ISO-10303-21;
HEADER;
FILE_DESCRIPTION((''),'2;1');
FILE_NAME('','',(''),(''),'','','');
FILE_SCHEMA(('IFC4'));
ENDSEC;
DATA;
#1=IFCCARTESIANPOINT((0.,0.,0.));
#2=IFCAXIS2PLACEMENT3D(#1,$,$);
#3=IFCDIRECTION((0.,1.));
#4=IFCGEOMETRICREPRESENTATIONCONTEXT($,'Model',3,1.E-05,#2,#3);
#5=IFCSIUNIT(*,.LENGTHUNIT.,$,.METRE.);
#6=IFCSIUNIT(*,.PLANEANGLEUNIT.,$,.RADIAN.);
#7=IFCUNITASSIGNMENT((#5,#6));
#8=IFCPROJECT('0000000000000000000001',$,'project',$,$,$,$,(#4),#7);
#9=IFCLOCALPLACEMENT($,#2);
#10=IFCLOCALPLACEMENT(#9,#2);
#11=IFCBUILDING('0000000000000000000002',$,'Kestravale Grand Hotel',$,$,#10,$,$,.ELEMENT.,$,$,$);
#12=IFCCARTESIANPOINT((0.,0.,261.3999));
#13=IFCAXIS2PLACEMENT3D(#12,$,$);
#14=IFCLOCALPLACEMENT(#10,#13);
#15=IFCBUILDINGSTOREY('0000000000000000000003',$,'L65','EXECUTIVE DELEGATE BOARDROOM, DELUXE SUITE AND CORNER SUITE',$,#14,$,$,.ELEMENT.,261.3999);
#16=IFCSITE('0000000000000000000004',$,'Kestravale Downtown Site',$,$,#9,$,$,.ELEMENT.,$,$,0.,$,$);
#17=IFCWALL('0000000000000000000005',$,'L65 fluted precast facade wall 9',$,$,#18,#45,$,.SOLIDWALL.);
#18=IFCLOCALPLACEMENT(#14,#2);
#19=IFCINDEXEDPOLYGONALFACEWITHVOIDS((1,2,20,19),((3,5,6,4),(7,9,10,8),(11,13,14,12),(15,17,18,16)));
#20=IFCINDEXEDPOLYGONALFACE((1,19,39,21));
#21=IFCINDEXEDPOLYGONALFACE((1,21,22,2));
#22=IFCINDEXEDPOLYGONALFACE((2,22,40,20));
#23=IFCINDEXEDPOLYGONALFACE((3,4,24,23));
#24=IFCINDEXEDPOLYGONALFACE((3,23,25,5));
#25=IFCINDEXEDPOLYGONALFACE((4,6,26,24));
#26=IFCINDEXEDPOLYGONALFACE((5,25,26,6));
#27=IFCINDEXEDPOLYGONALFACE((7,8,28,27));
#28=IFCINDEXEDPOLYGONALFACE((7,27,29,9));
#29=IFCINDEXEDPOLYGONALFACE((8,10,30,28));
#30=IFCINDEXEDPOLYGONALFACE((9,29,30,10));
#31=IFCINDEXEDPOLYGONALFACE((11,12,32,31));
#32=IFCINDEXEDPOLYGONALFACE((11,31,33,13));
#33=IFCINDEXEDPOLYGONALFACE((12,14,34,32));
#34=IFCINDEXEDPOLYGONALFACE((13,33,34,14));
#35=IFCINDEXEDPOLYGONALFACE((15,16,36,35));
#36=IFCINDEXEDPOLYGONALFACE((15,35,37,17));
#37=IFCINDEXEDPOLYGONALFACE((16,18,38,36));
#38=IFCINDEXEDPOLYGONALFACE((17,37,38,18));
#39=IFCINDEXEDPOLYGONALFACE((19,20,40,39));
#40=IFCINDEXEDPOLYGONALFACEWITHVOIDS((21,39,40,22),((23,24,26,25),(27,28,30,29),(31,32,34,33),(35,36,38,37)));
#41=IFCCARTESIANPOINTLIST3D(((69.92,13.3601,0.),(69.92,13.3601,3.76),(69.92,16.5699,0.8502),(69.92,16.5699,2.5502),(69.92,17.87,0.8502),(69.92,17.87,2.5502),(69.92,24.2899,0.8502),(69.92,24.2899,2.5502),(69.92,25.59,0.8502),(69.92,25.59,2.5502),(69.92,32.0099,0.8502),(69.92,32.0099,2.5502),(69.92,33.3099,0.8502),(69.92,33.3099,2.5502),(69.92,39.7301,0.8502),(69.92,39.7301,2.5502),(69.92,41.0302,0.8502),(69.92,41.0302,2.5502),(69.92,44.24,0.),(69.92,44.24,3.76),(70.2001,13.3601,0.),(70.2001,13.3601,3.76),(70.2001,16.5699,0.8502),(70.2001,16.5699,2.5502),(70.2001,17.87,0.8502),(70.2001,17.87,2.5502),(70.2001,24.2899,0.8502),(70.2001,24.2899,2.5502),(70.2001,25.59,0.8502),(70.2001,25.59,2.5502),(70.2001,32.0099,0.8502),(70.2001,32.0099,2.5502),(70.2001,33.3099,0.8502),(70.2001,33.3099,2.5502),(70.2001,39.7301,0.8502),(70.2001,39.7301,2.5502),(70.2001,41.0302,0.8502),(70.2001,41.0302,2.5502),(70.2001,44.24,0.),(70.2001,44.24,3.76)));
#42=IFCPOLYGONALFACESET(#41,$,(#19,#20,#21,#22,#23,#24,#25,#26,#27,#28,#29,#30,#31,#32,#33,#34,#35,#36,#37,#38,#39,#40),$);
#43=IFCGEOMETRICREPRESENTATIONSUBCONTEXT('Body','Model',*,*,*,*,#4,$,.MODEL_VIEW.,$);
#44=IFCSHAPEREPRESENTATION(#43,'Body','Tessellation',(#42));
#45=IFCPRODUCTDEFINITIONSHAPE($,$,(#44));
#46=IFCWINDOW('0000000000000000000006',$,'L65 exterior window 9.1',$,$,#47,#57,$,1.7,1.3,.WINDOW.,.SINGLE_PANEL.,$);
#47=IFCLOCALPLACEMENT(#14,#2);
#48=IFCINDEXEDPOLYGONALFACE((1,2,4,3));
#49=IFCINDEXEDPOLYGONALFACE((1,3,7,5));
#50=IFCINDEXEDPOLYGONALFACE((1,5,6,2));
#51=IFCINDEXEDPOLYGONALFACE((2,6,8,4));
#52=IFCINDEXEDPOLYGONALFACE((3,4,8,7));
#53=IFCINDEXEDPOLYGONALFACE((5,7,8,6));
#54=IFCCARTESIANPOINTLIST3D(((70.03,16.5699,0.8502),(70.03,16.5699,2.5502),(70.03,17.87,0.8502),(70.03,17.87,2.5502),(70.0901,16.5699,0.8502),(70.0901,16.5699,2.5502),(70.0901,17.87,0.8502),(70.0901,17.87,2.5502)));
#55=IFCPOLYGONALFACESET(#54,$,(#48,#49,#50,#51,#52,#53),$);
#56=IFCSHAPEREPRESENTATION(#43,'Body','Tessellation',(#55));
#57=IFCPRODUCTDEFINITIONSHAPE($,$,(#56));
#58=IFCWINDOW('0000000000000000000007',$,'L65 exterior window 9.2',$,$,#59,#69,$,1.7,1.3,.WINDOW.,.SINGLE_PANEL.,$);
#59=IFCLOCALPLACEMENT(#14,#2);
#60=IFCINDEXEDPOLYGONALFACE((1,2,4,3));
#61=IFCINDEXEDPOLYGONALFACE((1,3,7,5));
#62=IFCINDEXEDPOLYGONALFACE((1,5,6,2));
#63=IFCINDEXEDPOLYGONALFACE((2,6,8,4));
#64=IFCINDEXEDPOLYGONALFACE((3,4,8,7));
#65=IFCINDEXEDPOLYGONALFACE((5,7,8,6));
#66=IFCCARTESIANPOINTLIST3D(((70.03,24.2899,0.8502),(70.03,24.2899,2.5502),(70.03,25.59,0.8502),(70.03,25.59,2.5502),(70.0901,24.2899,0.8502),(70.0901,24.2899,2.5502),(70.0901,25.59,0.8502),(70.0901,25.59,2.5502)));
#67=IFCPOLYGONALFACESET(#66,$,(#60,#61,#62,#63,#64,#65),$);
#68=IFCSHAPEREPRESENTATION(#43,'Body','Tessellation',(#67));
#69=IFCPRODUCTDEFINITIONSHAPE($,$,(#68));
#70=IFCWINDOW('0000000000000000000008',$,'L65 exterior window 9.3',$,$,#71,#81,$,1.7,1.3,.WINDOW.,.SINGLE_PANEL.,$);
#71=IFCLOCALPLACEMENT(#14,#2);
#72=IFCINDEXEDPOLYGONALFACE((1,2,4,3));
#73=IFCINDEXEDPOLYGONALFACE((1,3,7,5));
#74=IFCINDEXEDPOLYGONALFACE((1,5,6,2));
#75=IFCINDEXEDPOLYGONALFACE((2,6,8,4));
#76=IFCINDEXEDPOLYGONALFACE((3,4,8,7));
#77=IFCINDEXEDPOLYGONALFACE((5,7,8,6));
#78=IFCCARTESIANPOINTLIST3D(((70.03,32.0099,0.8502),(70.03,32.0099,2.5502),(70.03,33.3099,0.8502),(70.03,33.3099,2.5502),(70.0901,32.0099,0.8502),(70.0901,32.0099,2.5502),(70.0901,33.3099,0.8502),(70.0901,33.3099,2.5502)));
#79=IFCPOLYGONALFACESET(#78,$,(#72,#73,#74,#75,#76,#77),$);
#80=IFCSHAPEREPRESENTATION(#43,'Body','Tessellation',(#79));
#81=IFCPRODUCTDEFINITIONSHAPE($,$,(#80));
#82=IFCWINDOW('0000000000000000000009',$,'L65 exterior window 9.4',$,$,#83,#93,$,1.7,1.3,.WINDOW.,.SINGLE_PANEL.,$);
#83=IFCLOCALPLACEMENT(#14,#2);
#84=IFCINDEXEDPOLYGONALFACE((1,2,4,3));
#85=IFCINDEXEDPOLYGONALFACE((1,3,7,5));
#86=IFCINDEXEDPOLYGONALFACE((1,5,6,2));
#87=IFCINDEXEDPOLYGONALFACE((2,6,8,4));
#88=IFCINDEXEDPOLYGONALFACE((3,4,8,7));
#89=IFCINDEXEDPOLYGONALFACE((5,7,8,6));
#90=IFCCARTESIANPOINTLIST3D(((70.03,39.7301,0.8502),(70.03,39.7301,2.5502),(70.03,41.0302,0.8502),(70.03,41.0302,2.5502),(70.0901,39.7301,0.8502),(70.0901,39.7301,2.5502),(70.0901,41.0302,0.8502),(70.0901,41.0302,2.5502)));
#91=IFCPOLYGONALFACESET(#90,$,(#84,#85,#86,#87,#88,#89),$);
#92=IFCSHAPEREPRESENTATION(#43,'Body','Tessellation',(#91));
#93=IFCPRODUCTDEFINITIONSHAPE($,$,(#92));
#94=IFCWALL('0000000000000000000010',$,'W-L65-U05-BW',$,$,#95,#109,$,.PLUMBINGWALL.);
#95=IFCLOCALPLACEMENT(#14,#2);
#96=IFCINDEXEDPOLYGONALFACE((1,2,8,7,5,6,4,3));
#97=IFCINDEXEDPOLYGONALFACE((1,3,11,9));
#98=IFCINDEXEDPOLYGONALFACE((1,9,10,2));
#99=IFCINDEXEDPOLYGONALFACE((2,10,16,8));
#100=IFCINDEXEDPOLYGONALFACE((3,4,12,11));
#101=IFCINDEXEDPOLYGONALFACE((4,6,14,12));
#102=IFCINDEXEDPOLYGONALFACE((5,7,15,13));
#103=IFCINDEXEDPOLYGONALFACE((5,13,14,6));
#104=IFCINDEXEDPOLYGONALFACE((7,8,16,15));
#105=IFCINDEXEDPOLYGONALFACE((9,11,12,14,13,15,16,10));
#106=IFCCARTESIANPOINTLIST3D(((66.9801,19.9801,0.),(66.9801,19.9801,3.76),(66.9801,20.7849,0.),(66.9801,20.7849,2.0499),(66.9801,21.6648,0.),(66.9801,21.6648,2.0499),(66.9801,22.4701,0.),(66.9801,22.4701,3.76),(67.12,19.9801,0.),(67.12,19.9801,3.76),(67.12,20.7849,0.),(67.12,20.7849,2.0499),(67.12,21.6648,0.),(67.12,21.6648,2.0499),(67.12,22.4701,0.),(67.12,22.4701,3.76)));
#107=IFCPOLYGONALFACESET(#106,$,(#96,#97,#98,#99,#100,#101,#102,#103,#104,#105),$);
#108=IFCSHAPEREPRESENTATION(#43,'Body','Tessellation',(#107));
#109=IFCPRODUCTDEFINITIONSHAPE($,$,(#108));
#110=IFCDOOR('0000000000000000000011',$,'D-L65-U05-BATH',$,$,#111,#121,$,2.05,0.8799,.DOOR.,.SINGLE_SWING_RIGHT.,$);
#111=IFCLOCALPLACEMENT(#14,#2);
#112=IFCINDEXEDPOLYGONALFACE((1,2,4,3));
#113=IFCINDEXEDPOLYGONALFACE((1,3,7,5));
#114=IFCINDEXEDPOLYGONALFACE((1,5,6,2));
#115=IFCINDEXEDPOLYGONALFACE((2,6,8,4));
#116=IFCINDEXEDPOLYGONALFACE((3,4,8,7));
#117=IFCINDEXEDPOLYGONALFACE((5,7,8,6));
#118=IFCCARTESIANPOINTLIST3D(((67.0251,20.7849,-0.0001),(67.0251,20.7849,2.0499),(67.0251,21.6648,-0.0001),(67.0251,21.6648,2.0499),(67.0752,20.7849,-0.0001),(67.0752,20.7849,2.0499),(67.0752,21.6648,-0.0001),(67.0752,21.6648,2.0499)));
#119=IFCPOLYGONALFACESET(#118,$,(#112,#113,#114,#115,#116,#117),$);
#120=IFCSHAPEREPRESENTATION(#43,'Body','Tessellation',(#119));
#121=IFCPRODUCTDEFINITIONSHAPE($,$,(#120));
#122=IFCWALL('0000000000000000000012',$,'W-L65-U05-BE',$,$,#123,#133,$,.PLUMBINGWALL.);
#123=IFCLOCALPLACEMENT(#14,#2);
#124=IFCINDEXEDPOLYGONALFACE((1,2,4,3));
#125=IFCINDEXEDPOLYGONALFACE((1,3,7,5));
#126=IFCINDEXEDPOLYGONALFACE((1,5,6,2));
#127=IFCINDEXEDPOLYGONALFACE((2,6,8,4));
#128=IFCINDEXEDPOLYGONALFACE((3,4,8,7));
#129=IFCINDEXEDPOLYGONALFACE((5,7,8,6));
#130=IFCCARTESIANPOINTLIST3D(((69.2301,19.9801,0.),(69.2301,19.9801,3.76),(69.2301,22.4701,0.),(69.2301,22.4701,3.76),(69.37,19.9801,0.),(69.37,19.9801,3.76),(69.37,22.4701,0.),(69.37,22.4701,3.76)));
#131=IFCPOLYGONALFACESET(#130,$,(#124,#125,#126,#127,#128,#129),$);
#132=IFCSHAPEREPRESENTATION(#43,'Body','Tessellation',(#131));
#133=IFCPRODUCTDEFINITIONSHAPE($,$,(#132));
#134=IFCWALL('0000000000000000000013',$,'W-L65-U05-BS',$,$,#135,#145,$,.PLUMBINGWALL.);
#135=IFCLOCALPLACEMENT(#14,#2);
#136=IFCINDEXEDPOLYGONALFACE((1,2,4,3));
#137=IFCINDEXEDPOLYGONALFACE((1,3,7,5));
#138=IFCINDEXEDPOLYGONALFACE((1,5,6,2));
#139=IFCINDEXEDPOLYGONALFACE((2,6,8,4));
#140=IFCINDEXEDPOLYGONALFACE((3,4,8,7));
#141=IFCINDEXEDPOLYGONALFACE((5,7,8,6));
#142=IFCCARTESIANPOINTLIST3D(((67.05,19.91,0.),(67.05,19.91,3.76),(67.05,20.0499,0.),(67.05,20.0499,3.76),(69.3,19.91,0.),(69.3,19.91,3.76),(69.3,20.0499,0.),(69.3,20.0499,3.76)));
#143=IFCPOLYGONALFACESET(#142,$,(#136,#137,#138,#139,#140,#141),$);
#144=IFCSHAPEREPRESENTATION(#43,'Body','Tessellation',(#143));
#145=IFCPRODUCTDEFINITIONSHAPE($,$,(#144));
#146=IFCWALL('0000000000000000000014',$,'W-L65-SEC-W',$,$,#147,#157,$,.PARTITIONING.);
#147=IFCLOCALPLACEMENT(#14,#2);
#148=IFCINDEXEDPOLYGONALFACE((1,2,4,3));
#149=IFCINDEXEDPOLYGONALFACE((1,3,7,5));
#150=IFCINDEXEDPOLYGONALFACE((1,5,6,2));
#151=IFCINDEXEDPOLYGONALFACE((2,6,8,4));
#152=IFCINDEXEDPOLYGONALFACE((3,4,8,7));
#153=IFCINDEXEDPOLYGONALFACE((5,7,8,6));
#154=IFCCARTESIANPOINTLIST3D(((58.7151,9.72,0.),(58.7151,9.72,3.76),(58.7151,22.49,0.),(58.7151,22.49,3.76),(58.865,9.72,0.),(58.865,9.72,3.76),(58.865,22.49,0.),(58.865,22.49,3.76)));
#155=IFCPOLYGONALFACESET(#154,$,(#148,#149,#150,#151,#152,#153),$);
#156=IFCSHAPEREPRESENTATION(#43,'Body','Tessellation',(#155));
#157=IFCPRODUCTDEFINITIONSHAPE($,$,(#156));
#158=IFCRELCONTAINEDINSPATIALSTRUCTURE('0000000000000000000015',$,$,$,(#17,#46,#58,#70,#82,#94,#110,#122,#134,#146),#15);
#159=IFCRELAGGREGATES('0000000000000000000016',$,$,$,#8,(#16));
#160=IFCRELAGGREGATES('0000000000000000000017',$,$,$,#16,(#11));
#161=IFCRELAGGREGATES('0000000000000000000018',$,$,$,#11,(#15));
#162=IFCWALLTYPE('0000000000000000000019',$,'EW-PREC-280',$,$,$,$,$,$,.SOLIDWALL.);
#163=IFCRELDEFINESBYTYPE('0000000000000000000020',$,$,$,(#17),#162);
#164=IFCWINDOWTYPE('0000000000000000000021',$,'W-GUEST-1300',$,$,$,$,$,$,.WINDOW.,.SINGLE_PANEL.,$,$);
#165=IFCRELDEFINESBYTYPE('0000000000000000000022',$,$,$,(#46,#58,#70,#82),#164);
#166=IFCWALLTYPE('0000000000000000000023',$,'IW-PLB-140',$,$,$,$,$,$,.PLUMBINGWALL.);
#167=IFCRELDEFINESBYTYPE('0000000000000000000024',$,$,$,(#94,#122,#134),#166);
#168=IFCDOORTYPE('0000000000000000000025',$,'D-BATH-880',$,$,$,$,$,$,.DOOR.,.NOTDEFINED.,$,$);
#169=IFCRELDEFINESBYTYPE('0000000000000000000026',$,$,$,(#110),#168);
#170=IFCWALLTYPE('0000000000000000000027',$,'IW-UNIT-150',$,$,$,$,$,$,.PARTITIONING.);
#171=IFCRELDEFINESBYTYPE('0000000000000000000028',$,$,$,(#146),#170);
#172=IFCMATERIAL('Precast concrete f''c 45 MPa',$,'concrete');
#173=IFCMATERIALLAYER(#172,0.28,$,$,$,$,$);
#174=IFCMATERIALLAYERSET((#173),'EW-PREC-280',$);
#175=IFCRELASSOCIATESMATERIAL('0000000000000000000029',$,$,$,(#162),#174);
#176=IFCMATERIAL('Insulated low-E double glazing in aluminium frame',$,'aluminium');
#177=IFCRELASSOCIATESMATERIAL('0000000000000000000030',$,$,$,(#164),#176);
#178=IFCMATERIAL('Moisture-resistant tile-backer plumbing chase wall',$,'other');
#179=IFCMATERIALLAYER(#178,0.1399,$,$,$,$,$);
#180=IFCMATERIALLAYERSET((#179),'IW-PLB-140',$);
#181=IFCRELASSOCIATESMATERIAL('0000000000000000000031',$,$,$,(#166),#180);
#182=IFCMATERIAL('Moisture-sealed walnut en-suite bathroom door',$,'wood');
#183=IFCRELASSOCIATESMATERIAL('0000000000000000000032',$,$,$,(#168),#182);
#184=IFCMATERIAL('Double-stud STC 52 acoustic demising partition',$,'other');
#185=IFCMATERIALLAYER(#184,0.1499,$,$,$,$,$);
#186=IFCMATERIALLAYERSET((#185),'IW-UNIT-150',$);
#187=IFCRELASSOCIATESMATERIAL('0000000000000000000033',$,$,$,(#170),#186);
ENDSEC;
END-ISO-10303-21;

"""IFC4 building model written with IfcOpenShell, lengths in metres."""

from ifc_helpers import new_model, si_unit, direction, frame, frame_2d, origin, place, context, subcontext, project, spatial, rectangle, extrude, material, layer, layer_set, type_object, element, fill, save


model = new_model("IFC4")

# Units and contexts
model_context = context("Model", 3, precision=1e-05, world=origin(), true_north=direction((0.0, 1.0)))
body_context = subcontext(model_context, "Body", "Model", "MODEL_VIEW")
ifc_project = project(units=[si_unit("LENGTHUNIT", "METRE"), si_unit("PLANEANGLEUNIT", "RADIAN")], contexts=[model_context])

# Site, building, storey
site_placement = place(None, origin())
site = spatial("IfcSite", under=ifc_project, at=site_placement, Name="Kestravale Downtown Site", CompositionType="ELEMENT", RefElevation=0.0)
building_placement = place(site_placement, origin())
building = spatial("IfcBuilding", under=site, at=building_placement, Name="Kestravale Grand Hotel", CompositionType="ELEMENT")
storey_placement = place(building_placement, frame((0.0, 0.0, 261.3999)))
storey = spatial("IfcBuildingStorey", under=building, at=storey_placement, Name="L65", Description="EXECUTIVE DELEGATE BOARDROOM, DELUXE SUITE AND CORNER SUITE", CompositionType="ELEMENT", Elevation=261.3999)

# Shared definitions
ifc_material_1 = material(Name="Precast concrete f'c 45 MPa", Category="concrete")
ifc_layer_1 = layer(ifc_material_1, 0.28)
ifc_layer_set_1 = layer_set([ifc_layer_1], Name="EW-PREC-280")
wall_type_1 = type_object("IfcWallType", Name="EW-PREC-280", PredefinedType="SOLIDWALL", material=ifc_layer_set_1)
ifc_material_2 = material(Name="Insulated low-E double glazing in aluminium frame", Category="aluminium")
window_type = type_object("IfcWindowType", Name="W-GUEST-1300", PartitioningType="SINGLE_PANEL", PredefinedType="WINDOW", material=ifc_material_2)

# Wall, openings, windows
wall_1_placement = place(storey_placement, frame((70.0601, 13.3601, 0.0), z_axis=(0.0, 0.0, 1.0), x_axis=(0.0, 1.0, 0.0)))
wall_1 = element("IfcWall", 1, at=wall_1_placement, inside=storey, type_object=wall_type_1, Name="L65 fluted precast facade wall 9", PredefinedType="SOLIDWALL", context=body_context, shape_type="SweptSolid", body=[
    extrude(rectangle(XDim=30.8799, YDim=0.28, at=frame_2d((15.4399, 0.0))), origin(), (0.0, 0.0, 1.0), 3.76),
])
opening_1_placement = place(wall_1_placement, frame((3.21, 0.0, 0.8501)))
opening_1 = element("IfcOpeningElement", 2, at=opening_1_placement, cuts=wall_1, PredefinedType="OPENING", context=body_context, shape_type="SweptSolid", body=[
    extrude(rectangle(XDim=1.3, YDim=1.7, at=frame_2d((0.6499, 0.8501))), frame((0.0, 0.1499, 0.0), z_axis=(0.0, -1.0, 0.0), x_axis=(1.0, 0.0, 0.0)), (0.0, 0.0, 1.0), 0.3),
])
opening_2_placement = place(wall_1_placement, frame((10.9299, 0.0, 0.8501)))
opening_2 = element("IfcOpeningElement", 3, at=opening_2_placement, cuts=wall_1, PredefinedType="OPENING", context=body_context, shape_type="SweptSolid", body=[
    extrude(rectangle(XDim=1.3, YDim=1.7, at=frame_2d((0.6499, 0.8501))), frame((0.0, 0.1499, 0.0), z_axis=(0.0, -1.0, 0.0), x_axis=(1.0, 0.0, 0.0)), (0.0, 0.0, 1.0), 0.3),
])
opening_3_placement = place(wall_1_placement, frame((18.6499, 0.0, 0.8501)))
opening_3 = element("IfcOpeningElement", 4, at=opening_3_placement, cuts=wall_1, PredefinedType="OPENING", context=body_context, shape_type="SweptSolid", body=[
    extrude(rectangle(XDim=1.3, YDim=1.7, at=frame_2d((0.6499, 0.8501))), frame((0.0, 0.1499, 0.0), z_axis=(0.0, -1.0, 0.0), x_axis=(1.0, 0.0, 0.0)), (0.0, 0.0, 1.0), 0.3),
])
opening_4_placement = place(wall_1_placement, frame((26.3701, 0.0, 0.8501)))
opening_4 = element("IfcOpeningElement", 5, at=opening_4_placement, cuts=wall_1, PredefinedType="OPENING", context=body_context, shape_type="SweptSolid", body=[
    extrude(rectangle(XDim=1.3, YDim=1.7, at=frame_2d((0.6499, 0.8501))), frame((0.0, 0.1499, 0.0), z_axis=(0.0, -1.0, 0.0), x_axis=(1.0, 0.0, 0.0)), (0.0, 0.0, 1.0), 0.3),
])
window_1_placement = place(opening_1_placement, origin())
window_1 = element("IfcWindow", 6, at=window_1_placement, inside=storey, type_object=window_type, Name="L65 exterior window 9.1", OverallHeight=1.7, OverallWidth=1.3, PartitioningType="SINGLE_PANEL", PredefinedType="WINDOW", context=body_context, shape_type="SweptSolid", body=[
    extrude(rectangle(XDim=1.3, YDim=1.7, at=frame_2d((0.6499, 0.8501))), frame((0.0, 0.03, 0.0), z_axis=(0.0, -1.0, 0.0), x_axis=(1.0, 0.0, 0.0)), (0.0, 0.0, 1.0), 0.0601),
])
fill(opening_1, window_1)
window_2_placement = place(opening_2_placement, origin())
window_2 = element("IfcWindow", 7, at=window_2_placement, inside=storey, type_object=window_type, Name="L65 exterior window 9.2", OverallHeight=1.7, OverallWidth=1.3, PartitioningType="SINGLE_PANEL", PredefinedType="WINDOW", context=body_context, shape_type="SweptSolid", body=[
    extrude(rectangle(XDim=1.3, YDim=1.7, at=frame_2d((0.6499, 0.8501))), frame((0.0, 0.03, 0.0), z_axis=(0.0, -1.0, 0.0), x_axis=(1.0, 0.0, 0.0)), (0.0, 0.0, 1.0), 0.0601),
])
fill(opening_2, window_2)
window_3_placement = place(opening_3_placement, origin())
window_3 = element("IfcWindow", 8, at=window_3_placement, inside=storey, type_object=window_type, Name="L65 exterior window 9.3", OverallHeight=1.7, OverallWidth=1.3, PartitioningType="SINGLE_PANEL", PredefinedType="WINDOW", context=body_context, shape_type="SweptSolid", body=[
    extrude(rectangle(XDim=1.3, YDim=1.7, at=frame_2d((0.6499, 0.8501))), frame((0.0, 0.03, 0.0), z_axis=(0.0, -1.0, 0.0), x_axis=(1.0, 0.0, 0.0)), (0.0, 0.0, 1.0), 0.0601),
])
fill(opening_3, window_3)
window_4_placement = place(opening_4_placement, origin())
window_4 = element("IfcWindow", 9, at=window_4_placement, inside=storey, type_object=window_type, Name="L65 exterior window 9.4", OverallHeight=1.7, OverallWidth=1.3, PartitioningType="SINGLE_PANEL", PredefinedType="WINDOW", context=body_context, shape_type="SweptSolid", body=[
    extrude(rectangle(XDim=1.3, YDim=1.7, at=frame_2d((0.6499, 0.8501))), frame((0.0, 0.03, 0.0), z_axis=(0.0, -1.0, 0.0), x_axis=(1.0, 0.0, 0.0)), (0.0, 0.0, 1.0), 0.0601),
])
fill(opening_4, window_4)

# Wall, opening, door
ifc_material_3 = material(Name="Moisture-resistant tile-backer plumbing chase wall", Category="other")
ifc_layer_2 = layer(ifc_material_3, 0.1399)
ifc_layer_set_2 = layer_set([ifc_layer_2], Name="IW-PLB-140")
wall_type_2 = type_object("IfcWallType", Name="IW-PLB-140", PredefinedType="PLUMBINGWALL", material=ifc_layer_set_2)
wall_2_placement = place(storey_placement, frame((67.05, 19.98, 0.0), z_axis=(0.0, 0.0, 1.0), x_axis=(0.0, 1.0, 0.0)))
wall_2 = element("IfcWall", 10, at=wall_2_placement, inside=storey, type_object=wall_type_2, Name="W-L65-U05-BW", PredefinedType="PLUMBINGWALL", context=body_context, shape_type="SweptSolid", body=[
    extrude(rectangle(XDim=2.49, YDim=0.1399, at=frame_2d((1.2451, 0.0))), origin(), (0.0, 0.0, 1.0), 3.76),
])
opening_5_placement = place(wall_2_placement, frame((0.8049, 0.0, 0.0)))
opening_5 = element("IfcOpeningElement", 11, at=opening_5_placement, cuts=wall_2, PredefinedType="OPENING", context=body_context, shape_type="SweptSolid", body=[
    extrude(rectangle(XDim=0.8799, YDim=2.05, at=frame_2d((0.4399, 1.0249))), frame((0.0, 0.0798, 0.0), z_axis=(0.0, -1.0, 0.0), x_axis=(1.0, 0.0, 0.0)), (0.0, 0.0, 1.0), 0.1599),
])
ifc_material_4 = material(Name="Moisture-sealed walnut en-suite bathroom door", Category="wood")
door_type = type_object("IfcDoorType", Name="D-BATH-880", OperationType="NOTDEFINED", PredefinedType="DOOR", material=ifc_material_4)
door_placement = place(opening_5_placement, origin())
door = element("IfcDoor", 12, at=door_placement, inside=storey, type_object=door_type, Name="D-L65-U05-BATH", OperationType="SINGLE_SWING_RIGHT", OverallHeight=2.05, OverallWidth=0.8799, PredefinedType="DOOR", context=body_context, shape_type="SweptSolid", body=[
    extrude(rectangle(XDim=0.8799, YDim=2.05, at=frame_2d((0.4399, 1.0249))), frame((0.0, 0.0249, 0.0), z_axis=(0.0, -1.0, 0.0), x_axis=(1.0, 0.0, 0.0)), (0.0, 0.0, 1.0), 0.05),
])
fill(opening_5, door)

# Walls
wall_3_placement = place(storey_placement, frame((69.3, 19.98, 0.0), z_axis=(0.0, 0.0, 1.0), x_axis=(0.0, 1.0, 0.0)))
element("IfcWall", 13, at=wall_3_placement, inside=storey, type_object=wall_type_2, Name="W-L65-U05-BE", PredefinedType="PLUMBINGWALL", context=body_context, shape_type="SweptSolid", body=[
    extrude(rectangle(XDim=2.49, YDim=0.1399, at=frame_2d((1.2451, 0.0))), origin(), (0.0, 0.0, 1.0), 3.76),
])
wall_4_placement = place(storey_placement, frame((67.05, 19.98, 0.0), z_axis=(0.0, 0.0, 1.0), x_axis=(1.0, 0.0, 0.0)))
element("IfcWall", 14, at=wall_4_placement, inside=storey, type_object=wall_type_2, Name="W-L65-U05-BS", PredefinedType="PLUMBINGWALL", context=body_context, shape_type="SweptSolid", body=[
    extrude(rectangle(XDim=2.25, YDim=0.1399, at=frame_2d((1.125, 0.0))), origin(), (0.0, 0.0, 1.0), 3.76),
])
ifc_material_5 = material(Name="Double-stud STC 52 acoustic demising partition", Category="other")
ifc_layer_3 = layer(ifc_material_5, 0.1499)
ifc_layer_set_3 = layer_set([ifc_layer_3], Name="IW-UNIT-150")
wall_type_3 = type_object("IfcWallType", Name="IW-UNIT-150", PredefinedType="PARTITIONING", material=ifc_layer_set_3)
wall_5_placement = place(storey_placement, frame((58.79, 9.72, 0.0), z_axis=(0.0, 0.0, 1.0), x_axis=(0.0, 1.0, 0.0)))
element("IfcWall", 15, at=wall_5_placement, inside=storey, type_object=wall_type_3, Name="W-L65-SEC-W", PredefinedType="PARTITIONING", context=body_context, shape_type="SweptSolid", body=[
    extrude(rectangle(XDim=12.77, YDim=0.1499, at=frame_2d((6.385, 0.0))), origin(), (0.0, 0.0, 1.0), 3.76),
])

save(model, "model.ifc")
